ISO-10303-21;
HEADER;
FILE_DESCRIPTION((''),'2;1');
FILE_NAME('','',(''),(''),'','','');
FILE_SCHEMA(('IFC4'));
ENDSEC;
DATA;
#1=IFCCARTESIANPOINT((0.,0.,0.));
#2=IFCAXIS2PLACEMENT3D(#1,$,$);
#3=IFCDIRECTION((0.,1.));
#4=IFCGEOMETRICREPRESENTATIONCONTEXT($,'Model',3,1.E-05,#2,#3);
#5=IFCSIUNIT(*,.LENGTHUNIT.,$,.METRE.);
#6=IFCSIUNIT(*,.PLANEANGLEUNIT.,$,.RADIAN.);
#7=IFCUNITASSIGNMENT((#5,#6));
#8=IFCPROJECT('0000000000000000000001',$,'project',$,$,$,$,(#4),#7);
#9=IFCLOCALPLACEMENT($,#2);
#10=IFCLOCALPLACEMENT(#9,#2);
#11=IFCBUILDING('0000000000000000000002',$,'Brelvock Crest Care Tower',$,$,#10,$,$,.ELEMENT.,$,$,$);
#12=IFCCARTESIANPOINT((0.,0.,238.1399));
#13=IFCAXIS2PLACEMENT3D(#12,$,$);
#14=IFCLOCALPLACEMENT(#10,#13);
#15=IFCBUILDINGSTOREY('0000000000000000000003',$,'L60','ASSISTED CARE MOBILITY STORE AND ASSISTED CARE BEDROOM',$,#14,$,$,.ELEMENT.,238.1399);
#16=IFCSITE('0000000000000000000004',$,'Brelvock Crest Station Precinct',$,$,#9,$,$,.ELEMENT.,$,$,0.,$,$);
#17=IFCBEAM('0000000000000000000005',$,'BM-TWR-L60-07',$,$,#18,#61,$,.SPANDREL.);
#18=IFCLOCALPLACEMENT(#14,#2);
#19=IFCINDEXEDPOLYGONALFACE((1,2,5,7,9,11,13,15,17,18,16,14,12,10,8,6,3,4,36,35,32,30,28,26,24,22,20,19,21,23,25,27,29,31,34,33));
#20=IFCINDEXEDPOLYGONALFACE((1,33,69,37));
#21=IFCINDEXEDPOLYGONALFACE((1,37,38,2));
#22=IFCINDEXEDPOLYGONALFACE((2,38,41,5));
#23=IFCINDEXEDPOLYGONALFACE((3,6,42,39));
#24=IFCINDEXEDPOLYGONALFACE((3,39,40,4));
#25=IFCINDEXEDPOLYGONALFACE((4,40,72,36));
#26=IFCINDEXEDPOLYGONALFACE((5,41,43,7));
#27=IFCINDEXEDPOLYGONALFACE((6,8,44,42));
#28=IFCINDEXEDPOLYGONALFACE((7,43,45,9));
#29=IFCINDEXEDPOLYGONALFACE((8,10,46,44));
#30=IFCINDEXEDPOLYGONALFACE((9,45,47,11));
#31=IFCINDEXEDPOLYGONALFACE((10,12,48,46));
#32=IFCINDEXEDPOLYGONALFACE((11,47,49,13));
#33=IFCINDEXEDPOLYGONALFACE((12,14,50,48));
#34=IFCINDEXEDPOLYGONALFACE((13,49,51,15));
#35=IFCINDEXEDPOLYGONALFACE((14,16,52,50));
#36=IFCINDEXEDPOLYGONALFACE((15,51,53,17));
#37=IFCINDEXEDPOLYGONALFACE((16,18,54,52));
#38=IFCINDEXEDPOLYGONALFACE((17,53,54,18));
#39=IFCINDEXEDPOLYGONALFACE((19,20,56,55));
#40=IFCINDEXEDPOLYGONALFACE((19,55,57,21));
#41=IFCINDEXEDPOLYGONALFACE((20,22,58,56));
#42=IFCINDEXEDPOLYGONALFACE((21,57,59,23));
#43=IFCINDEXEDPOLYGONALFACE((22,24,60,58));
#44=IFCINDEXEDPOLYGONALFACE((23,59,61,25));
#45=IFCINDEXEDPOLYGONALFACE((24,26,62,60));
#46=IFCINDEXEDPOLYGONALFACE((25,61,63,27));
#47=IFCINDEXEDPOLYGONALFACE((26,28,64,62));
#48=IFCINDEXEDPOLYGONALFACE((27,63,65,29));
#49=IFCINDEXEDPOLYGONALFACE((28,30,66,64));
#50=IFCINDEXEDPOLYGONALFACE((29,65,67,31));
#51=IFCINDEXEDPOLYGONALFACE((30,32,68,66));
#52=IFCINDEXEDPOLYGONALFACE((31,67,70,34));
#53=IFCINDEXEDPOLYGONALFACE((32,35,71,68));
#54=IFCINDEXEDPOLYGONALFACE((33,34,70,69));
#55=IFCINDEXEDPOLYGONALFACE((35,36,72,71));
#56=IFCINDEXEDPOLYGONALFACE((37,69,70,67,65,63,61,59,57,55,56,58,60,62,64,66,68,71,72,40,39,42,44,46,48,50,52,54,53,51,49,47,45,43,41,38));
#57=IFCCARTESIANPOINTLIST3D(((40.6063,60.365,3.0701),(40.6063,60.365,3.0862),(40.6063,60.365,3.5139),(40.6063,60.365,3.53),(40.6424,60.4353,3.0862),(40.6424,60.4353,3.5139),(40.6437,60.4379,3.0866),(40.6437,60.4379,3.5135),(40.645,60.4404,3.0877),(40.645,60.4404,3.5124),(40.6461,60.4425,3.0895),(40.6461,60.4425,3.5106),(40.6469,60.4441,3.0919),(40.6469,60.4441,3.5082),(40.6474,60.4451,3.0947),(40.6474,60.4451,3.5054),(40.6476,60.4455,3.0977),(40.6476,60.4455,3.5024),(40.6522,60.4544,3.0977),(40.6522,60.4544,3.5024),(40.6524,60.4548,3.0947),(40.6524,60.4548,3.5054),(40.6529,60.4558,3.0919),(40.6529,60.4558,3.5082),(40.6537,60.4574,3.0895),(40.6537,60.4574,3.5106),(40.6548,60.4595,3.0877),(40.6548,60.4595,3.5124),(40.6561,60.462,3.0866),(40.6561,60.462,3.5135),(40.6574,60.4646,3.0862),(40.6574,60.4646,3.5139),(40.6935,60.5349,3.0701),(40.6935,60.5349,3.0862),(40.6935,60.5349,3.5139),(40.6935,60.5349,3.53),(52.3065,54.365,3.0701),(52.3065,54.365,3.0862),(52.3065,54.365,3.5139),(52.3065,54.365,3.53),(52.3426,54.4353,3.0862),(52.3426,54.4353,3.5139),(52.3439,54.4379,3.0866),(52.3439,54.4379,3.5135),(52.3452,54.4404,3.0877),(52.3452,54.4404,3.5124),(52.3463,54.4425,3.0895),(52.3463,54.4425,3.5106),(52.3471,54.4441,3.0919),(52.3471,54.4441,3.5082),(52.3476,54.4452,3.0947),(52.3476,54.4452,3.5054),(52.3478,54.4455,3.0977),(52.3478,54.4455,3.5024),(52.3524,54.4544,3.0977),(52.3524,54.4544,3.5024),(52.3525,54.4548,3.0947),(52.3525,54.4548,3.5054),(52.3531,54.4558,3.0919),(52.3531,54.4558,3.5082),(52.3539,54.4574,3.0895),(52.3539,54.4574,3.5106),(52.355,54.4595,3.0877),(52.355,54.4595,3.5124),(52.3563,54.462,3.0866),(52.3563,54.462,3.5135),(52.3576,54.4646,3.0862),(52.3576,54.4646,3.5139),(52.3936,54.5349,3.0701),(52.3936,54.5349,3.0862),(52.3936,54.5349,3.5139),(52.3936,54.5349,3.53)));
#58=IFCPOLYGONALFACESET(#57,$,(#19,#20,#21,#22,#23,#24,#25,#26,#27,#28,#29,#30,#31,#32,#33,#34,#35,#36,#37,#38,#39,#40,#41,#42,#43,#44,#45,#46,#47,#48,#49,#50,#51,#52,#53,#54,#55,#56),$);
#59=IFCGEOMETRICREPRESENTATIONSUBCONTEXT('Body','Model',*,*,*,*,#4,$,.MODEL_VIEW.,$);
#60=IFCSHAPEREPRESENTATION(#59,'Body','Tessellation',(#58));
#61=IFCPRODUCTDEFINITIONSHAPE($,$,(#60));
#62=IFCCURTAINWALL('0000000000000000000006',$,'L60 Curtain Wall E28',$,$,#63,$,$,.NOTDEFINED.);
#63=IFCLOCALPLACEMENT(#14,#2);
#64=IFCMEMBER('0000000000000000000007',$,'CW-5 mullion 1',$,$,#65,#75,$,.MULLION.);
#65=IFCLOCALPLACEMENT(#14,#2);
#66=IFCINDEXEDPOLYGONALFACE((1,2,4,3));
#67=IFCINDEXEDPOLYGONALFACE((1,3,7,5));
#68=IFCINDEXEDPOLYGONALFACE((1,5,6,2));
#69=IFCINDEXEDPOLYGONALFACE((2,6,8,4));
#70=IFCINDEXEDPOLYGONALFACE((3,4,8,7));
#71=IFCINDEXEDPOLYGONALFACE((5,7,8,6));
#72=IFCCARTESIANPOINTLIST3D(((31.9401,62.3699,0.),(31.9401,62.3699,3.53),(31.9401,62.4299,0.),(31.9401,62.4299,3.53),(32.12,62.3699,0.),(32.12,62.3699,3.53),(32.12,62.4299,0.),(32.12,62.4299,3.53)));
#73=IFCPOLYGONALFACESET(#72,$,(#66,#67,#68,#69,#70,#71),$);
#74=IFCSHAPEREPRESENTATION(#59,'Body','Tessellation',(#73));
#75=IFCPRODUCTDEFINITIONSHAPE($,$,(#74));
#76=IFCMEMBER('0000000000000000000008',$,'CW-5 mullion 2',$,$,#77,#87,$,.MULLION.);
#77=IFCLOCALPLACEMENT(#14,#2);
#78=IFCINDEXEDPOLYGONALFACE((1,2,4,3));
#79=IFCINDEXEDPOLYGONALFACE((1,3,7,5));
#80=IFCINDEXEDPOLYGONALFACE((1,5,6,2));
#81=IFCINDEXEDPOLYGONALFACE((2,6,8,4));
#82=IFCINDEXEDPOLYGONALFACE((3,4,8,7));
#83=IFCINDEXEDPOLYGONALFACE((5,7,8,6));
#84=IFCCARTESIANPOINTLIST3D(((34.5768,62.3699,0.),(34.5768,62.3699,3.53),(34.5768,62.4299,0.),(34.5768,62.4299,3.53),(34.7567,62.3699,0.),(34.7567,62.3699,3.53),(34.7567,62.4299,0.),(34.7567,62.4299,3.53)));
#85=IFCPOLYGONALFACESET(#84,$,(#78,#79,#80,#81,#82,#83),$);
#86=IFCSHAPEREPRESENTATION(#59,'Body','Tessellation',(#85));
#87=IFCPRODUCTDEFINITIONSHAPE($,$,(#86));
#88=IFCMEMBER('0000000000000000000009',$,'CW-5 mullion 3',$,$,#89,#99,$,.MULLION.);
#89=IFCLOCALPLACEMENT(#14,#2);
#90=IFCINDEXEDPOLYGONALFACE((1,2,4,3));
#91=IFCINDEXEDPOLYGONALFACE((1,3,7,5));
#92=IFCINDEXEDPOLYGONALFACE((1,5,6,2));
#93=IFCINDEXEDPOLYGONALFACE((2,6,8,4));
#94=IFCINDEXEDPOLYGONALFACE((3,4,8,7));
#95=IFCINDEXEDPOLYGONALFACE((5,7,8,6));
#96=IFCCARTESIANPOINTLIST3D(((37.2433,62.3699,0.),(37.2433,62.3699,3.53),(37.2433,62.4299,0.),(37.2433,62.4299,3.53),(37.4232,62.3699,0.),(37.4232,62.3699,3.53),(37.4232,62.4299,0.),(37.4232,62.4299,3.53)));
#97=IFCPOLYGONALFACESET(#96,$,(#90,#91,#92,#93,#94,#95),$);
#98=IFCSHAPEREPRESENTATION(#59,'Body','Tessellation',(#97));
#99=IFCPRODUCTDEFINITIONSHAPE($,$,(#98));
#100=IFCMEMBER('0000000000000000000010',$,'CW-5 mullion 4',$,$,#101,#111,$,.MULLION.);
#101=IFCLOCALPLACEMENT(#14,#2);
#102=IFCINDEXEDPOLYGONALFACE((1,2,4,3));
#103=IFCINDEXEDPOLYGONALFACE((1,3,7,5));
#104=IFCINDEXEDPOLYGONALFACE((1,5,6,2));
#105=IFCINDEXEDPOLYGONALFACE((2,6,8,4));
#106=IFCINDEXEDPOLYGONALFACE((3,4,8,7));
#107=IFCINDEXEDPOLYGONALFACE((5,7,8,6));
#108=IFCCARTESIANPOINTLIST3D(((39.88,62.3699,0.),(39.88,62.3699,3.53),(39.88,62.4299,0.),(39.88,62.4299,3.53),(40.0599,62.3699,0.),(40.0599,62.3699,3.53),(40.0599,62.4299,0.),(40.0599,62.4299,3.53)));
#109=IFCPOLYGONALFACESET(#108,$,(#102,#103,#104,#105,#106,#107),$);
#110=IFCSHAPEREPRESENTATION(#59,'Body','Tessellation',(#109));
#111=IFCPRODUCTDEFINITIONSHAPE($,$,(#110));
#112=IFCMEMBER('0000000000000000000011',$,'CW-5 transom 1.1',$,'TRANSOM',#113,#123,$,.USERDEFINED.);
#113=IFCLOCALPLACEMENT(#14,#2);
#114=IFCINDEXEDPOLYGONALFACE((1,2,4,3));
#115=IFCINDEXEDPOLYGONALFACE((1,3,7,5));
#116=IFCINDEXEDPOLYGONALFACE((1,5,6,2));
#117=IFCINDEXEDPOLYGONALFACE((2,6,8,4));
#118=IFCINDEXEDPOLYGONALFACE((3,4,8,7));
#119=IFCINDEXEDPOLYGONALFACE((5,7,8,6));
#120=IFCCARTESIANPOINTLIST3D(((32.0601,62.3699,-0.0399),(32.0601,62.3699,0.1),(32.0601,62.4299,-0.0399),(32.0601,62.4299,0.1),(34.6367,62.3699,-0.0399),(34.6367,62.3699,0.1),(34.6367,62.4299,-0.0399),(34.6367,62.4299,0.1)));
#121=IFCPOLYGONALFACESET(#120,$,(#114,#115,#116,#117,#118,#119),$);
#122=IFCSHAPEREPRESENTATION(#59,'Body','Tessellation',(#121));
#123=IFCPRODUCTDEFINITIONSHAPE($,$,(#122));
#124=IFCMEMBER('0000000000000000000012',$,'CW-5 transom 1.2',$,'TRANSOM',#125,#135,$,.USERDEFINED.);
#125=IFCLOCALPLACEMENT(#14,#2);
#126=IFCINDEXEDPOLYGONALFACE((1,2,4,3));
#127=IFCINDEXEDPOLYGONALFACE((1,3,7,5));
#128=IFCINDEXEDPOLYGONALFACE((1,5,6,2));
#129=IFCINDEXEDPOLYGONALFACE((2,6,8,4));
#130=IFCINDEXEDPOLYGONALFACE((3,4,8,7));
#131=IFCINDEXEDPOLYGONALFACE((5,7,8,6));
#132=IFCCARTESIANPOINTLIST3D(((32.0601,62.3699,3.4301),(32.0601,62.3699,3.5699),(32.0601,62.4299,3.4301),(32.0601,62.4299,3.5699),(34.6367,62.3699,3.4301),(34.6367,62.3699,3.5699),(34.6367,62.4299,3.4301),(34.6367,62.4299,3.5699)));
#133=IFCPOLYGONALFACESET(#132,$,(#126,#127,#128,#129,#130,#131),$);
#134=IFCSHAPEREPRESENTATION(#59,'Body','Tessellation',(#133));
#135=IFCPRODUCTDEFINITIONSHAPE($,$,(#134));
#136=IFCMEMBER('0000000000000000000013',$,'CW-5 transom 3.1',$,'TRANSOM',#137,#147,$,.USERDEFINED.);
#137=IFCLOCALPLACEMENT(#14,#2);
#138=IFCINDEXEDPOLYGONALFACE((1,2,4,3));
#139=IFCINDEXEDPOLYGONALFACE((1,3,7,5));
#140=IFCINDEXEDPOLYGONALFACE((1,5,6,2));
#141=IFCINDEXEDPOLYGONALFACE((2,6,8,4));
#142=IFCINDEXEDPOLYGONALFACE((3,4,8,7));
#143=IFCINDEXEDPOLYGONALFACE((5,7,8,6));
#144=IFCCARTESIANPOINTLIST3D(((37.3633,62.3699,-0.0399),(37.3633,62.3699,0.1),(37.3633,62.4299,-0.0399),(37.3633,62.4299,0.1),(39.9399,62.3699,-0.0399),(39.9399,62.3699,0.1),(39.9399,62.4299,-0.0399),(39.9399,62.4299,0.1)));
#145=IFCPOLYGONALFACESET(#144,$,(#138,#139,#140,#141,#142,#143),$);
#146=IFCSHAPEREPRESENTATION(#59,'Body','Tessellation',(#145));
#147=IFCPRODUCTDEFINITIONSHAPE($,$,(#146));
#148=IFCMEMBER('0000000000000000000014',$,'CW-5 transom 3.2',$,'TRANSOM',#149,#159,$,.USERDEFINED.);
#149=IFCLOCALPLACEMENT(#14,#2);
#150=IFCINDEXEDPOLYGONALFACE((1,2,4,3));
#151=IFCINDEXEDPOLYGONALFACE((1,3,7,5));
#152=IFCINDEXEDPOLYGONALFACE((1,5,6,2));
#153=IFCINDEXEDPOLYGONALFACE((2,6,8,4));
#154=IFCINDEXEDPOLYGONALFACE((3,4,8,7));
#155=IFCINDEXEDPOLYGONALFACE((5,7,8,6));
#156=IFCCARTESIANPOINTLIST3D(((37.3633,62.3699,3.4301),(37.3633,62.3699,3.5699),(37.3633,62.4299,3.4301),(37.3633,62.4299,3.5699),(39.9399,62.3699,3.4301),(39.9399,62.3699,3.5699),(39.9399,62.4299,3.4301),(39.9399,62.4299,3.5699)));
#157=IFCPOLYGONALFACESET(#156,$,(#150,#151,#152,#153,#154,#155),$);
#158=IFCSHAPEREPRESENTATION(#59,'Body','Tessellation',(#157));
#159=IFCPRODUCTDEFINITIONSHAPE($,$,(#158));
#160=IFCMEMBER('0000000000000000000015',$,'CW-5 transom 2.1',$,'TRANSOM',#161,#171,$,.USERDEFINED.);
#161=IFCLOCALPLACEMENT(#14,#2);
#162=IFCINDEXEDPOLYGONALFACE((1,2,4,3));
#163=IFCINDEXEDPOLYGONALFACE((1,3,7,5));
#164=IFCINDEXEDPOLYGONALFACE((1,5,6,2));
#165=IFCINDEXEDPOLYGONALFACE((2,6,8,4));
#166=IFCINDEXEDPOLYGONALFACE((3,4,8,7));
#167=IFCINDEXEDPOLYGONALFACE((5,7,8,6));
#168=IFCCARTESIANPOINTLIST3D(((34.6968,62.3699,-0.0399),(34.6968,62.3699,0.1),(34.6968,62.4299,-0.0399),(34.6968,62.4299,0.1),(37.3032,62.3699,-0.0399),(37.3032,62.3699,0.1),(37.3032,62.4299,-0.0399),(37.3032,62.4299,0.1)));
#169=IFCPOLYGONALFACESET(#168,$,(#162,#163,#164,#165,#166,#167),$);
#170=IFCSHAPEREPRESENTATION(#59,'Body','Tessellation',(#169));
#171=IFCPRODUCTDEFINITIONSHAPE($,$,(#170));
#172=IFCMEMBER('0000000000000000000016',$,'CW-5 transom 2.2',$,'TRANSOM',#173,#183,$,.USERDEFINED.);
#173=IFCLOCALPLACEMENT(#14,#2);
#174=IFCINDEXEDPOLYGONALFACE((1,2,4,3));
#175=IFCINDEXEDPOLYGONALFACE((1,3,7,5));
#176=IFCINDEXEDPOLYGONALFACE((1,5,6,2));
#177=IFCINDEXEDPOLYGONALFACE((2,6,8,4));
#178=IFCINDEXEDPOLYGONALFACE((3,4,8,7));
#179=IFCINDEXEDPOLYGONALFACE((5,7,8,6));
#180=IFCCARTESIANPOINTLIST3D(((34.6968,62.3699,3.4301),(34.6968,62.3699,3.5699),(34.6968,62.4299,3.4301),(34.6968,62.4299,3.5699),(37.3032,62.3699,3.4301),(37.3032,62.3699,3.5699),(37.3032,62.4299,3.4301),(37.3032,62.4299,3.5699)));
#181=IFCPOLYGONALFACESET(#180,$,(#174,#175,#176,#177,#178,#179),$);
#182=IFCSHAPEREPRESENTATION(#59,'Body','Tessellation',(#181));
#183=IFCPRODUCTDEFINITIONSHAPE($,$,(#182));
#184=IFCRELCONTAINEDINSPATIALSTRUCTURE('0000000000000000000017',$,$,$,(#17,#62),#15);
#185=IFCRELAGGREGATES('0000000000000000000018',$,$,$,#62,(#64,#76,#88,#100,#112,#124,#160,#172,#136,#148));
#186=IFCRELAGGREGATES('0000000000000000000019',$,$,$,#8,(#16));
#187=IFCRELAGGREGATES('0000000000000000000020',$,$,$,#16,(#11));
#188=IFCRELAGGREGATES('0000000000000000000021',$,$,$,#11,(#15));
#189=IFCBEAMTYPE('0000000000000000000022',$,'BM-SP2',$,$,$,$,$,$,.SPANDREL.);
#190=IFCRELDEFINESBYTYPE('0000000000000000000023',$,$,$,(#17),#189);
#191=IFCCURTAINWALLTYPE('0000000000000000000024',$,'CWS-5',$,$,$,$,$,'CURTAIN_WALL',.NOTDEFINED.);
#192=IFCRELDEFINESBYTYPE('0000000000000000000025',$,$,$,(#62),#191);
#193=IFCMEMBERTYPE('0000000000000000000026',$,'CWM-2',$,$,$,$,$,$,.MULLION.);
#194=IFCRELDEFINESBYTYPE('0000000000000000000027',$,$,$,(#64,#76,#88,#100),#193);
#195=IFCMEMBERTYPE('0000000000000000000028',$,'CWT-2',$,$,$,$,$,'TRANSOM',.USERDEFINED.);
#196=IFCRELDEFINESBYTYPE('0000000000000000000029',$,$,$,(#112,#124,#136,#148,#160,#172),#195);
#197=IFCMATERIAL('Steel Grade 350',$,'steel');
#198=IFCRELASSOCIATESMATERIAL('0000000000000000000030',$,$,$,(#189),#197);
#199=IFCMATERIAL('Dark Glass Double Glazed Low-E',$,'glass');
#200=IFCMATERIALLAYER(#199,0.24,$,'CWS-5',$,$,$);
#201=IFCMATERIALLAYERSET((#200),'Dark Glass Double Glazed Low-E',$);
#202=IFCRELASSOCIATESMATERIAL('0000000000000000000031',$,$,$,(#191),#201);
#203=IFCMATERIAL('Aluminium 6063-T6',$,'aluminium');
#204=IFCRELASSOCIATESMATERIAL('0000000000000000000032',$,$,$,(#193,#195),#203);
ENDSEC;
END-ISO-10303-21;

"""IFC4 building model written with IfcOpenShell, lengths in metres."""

from ifc_helpers import new_model, si_unit, direction, frame, origin, origin_2d, place, context, subcontext, project, spatial, rectangle, i_section, extrude, source, transform, mapped, material, layer, layer_set, material_profile, profile_set, type_object, element, aggregate, save


model = new_model("IFC4")

# Units and contexts
model_context = context("Model", 3, precision=1e-05, world=origin(), true_north=direction((0.0, 1.0)))
body_context = subcontext(model_context, "Body", "Model", "MODEL_VIEW")
ifc_project = project(units=[si_unit("LENGTHUNIT", "METRE"), si_unit("PLANEANGLEUNIT", "RADIAN")], contexts=[model_context])

# Site, building, storey
site_placement = place(None, origin())
site = spatial("IfcSite", under=ifc_project, at=site_placement, Name="Brelvock Crest Station Precinct", CompositionType="ELEMENT", RefElevation=0.0)
building_placement = place(site_placement, origin())
building = spatial("IfcBuilding", under=site, at=building_placement, Name="Brelvock Crest Care Tower", CompositionType="ELEMENT")
storey_placement = place(building_placement, frame((0.0, 0.0, 238.1399)))
storey = spatial("IfcBuildingStorey", under=building, at=storey_placement, Name="L60", Description="ASSISTED CARE MOBILITY STORE AND ASSISTED CARE BEDROOM", CompositionType="ELEMENT", Elevation=238.1399)

# Shared definitions
ifc_material_1 = material(Name="Steel Grade 350", Category="steel")

# Beam
ifc_material_profile_1 = material_profile(ifc_material_1, i_section(OverallWidth=0.1909, OverallDepth=0.46, WebThickness=0.01, FlangeThickness=0.0161, FilletRadius=0.0115, at=origin_2d()), Name="460UB82.1")
ifc_profile_set_1 = profile_set([ifc_material_profile_1], Name="Steel Grade 350")
beam_type_1 = type_object("IfcBeamType", Name="BM-SP2", PredefinedType="SPANDREL", material=ifc_profile_set_1)
shared_shape_1 = source(origin(), body_context, "Body", "SweptSolid", [
    extrude(i_section(OverallWidth=0.1909, OverallDepth=0.46, WebThickness=0.01, FlangeThickness=0.0161, FilletRadius=0.0115, at=origin_2d()), origin(), (0.0, 0.0, 1.0), 13.1489),
])
beam_placement = place(storey_placement, frame((40.6499, 60.45, 3.3), z_axis=(0.889821, -0.456311, 0.0), x_axis=(0.456311, 0.889821, 0.0)))
element("IfcBeam", 1, at=beam_placement, inside=storey, type_object=beam_type_1, Name="BM-TWR-L60-07", PredefinedType="SPANDREL", context=body_context, shape_type="MappedRepresentation", body=[
    mapped(shared_shape_1, transform((0.0, 0.0, 0.0), x_axis=(1.0, 0.0, 0.0), y_axis=(0.0, 1.0, 0.0), z_axis=(0.0, 0.0, 1.0), scale=1.0)),
])

# Curtain wall, members
ifc_material_2 = material(Name="Dark Glass Double Glazed Low-E", Category="glass")
ifc_layer_1 = layer(ifc_material_2, 0.24, Name="CWS-5")
ifc_layer_set_1 = layer_set([ifc_layer_1], Name="Dark Glass Double Glazed Low-E")
curtain_wall_type = type_object("IfcCurtainWallType", Name="CWS-5", ElementType="CURTAIN_WALL", PredefinedType="NOTDEFINED", material=ifc_layer_set_1)
curtain_wall_placement = place(storey_placement, origin())
curtain_wall = element("IfcCurtainWall", 2, at=curtain_wall_placement, inside=storey, type_object=curtain_wall_type, Name="L60 Curtain Wall E28", PredefinedType="NOTDEFINED")
ifc_material_3 = material(Name="Aluminium 6063-T6", Category="aluminium")
ifc_material_profile_2 = material_profile(ifc_material_3, rectangle(XDim=0.0601, YDim=0.1799, at=origin_2d()), Name="ALU60x180")
ifc_profile_set_2 = profile_set([ifc_material_profile_2], Name="Aluminium 6063-T6")
member_type_1 = type_object("IfcMemberType", Name="CWM-2", PredefinedType="MULLION", material=ifc_profile_set_2)
shared_shape_2 = source(origin(), body_context, "Body", "SweptSolid", [
    extrude(rectangle(XDim=0.0601, YDim=0.1799, at=origin_2d()), origin(), (0.0, 0.0, 1.0), 3.53),
])
member_1_placement = place(storey_placement, frame((32.03, 62.3999, 0.0), z_axis=(0.0, 0.0, 1.0), x_axis=(0.0, 1.0, 0.0)))
member_1 = element("IfcMember", 3, at=member_1_placement, type_object=member_type_1, Name="CW-5 mullion 1", PredefinedType="MULLION", context=body_context, shape_type="MappedRepresentation", body=[
    mapped(shared_shape_2, transform((0.0, 0.0, 0.0), x_axis=(1.0, 0.0, 0.0), y_axis=(0.0, 1.0, 0.0), z_axis=(0.0, 0.0, 1.0), scale=1.0)),
])
member_2_placement = place(storey_placement, frame((34.6667, 62.3999, 0.0), z_axis=(0.0, 0.0, 1.0), x_axis=(0.0, 1.0, 0.0)))
member_2 = element("IfcMember", 4, at=member_2_placement, type_object=member_type_1, Name="CW-5 mullion 2", PredefinedType="MULLION", context=body_context, shape_type="MappedRepresentation", body=[
    mapped(shared_shape_2, transform((0.0, 0.0, 0.0), x_axis=(1.0, 0.0, 0.0), y_axis=(0.0, 1.0, 0.0), z_axis=(0.0, 0.0, 1.0), scale=1.0)),
])
member_3_placement = place(storey_placement, frame((37.3333, 62.3999, 0.0), z_axis=(0.0, 0.0, 1.0), x_axis=(0.0, 1.0, 0.0)))
member_3 = element("IfcMember", 5, at=member_3_placement, type_object=member_type_1, Name="CW-5 mullion 3", PredefinedType="MULLION", context=body_context, shape_type="MappedRepresentation", body=[
    mapped(shared_shape_2, transform((0.0, 0.0, 0.0), x_axis=(1.0, 0.0, 0.0), y_axis=(0.0, 1.0, 0.0), z_axis=(0.0, 0.0, 1.0), scale=1.0)),
])
member_4_placement = place(storey_placement, frame((39.97, 62.3999, 0.0), z_axis=(0.0, 0.0, 1.0), x_axis=(0.0, 1.0, 0.0)))
member_4 = element("IfcMember", 6, at=member_4_placement, type_object=member_type_1, Name="CW-5 mullion 4", PredefinedType="MULLION", context=body_context, shape_type="MappedRepresentation", body=[
    mapped(shared_shape_2, transform((0.0, 0.0, 0.0), x_axis=(1.0, 0.0, 0.0), y_axis=(0.0, 1.0, 0.0), z_axis=(0.0, 0.0, 1.0), scale=1.0)),
])
ifc_material_profile_3 = material_profile(ifc_material_3, rectangle(XDim=0.0601, YDim=0.1399, at=origin_2d()), Name="ALU60x140")
ifc_profile_set_3 = profile_set([ifc_material_profile_3], Name="Aluminium 6063-T6")
member_type_2 = type_object("IfcMemberType", Name="CWT-2", ElementType="TRANSOM", PredefinedType="USERDEFINED", material=ifc_profile_set_3)
shared_shape_3 = source(origin(), body_context, "Body", "SweptSolid", [
    extrude(rectangle(XDim=0.0601, YDim=0.1399, at=origin_2d()), origin(), (0.0, 0.0, 1.0), 2.5767),
])
member_5_placement = place(storey_placement, frame((32.0601, 62.3999, 0.03), z_axis=(1.0, 0.0, 0.0), x_axis=(0.0, 1.0, 0.0)))
member_5 = element("IfcMember", 7, at=member_5_placement, type_object=member_type_2, Name="CW-5 transom 1.1", ObjectType="TRANSOM", PredefinedType="USERDEFINED", context=body_context, shape_type="MappedRepresentation", body=[
    mapped(shared_shape_3, transform((0.0, 0.0, 0.0), x_axis=(1.0, 0.0, 0.0), y_axis=(0.0, 1.0, 0.0), z_axis=(0.0, 0.0, 1.0), scale=1.0)),
])
member_6_placement = place(storey_placement, frame((32.0601, 62.3999, 3.5), z_axis=(1.0, 0.0, 0.0), x_axis=(0.0, 1.0, 0.0)))
member_6 = element("IfcMember", 8, at=member_6_placement, type_object=member_type_2, Name="CW-5 transom 1.2", ObjectType="TRANSOM", PredefinedType="USERDEFINED", context=body_context, shape_type="MappedRepresentation", body=[
    mapped(shared_shape_3, transform((0.0, 0.0, 0.0), x_axis=(1.0, 0.0, 0.0), y_axis=(0.0, 1.0, 0.0), z_axis=(0.0, 0.0, 1.0), scale=1.0)),
])
member_7_placement = place(storey_placement, frame((37.3633, 62.3999, 0.03), z_axis=(1.0, 0.0, 0.0), x_axis=(0.0, 1.0, 0.0)))
member_7 = element("IfcMember", 9, at=member_7_placement, type_object=member_type_2, Name="CW-5 transom 3.1", ObjectType="TRANSOM", PredefinedType="USERDEFINED", context=body_context, shape_type="MappedRepresentation", body=[
    mapped(shared_shape_3, transform((0.0, 0.0, 0.0), x_axis=(1.0, 0.0, 0.0), y_axis=(0.0, 1.0, 0.0), z_axis=(0.0, 0.0, 1.0), scale=1.0)),
])
member_8_placement = place(storey_placement, frame((37.3633, 62.3999, 3.5), z_axis=(1.0, 0.0, 0.0), x_axis=(0.0, 1.0, 0.0)))
member_8 = element("IfcMember", 10, at=member_8_placement, type_object=member_type_2, Name="CW-5 transom 3.2", ObjectType="TRANSOM", PredefinedType="USERDEFINED", context=body_context, shape_type="MappedRepresentation", body=[
    mapped(shared_shape_3, transform((0.0, 0.0, 0.0), x_axis=(1.0, 0.0, 0.0), y_axis=(0.0, 1.0, 0.0), z_axis=(0.0, 0.0, 1.0), scale=1.0)),
])
shared_shape_4 = source(origin(), body_context, "Body", "SweptSolid", [
    extrude(rectangle(XDim=0.0601, YDim=0.1399, at=origin_2d()), origin(), (0.0, 0.0, 1.0), 2.6064),
])
member_9_placement = place(storey_placement, frame((34.6968, 62.3999, 0.03), z_axis=(1.0, 0.0, 0.0), x_axis=(0.0, 1.0, 0.0)))
member_9 = element("IfcMember", 11, at=member_9_placement, type_object=member_type_2, Name="CW-5 transom 2.1", ObjectType="TRANSOM", PredefinedType="USERDEFINED", context=body_context, shape_type="MappedRepresentation", body=[
    mapped(shared_shape_4, transform((0.0, 0.0, 0.0), x_axis=(1.0, 0.0, 0.0), y_axis=(0.0, 1.0, 0.0), z_axis=(0.0, 0.0, 1.0), scale=1.0)),
])
member_10_placement = place(storey_placement, frame((34.6968, 62.3999, 3.5), z_axis=(1.0, 0.0, 0.0), x_axis=(0.0, 1.0, 0.0)))
member_10 = element("IfcMember", 12, at=member_10_placement, type_object=member_type_2, Name="CW-5 transom 2.2", ObjectType="TRANSOM", PredefinedType="USERDEFINED", context=body_context, shape_type="MappedRepresentation", body=[
    mapped(shared_shape_4, transform((0.0, 0.0, 0.0), x_axis=(1.0, 0.0, 0.0), y_axis=(0.0, 1.0, 0.0), z_axis=(0.0, 0.0, 1.0), scale=1.0)),
])
aggregate(curtain_wall, [member_1, member_2, member_3, member_4, member_5, member_6, member_9, member_10, member_7, member_8])

save(model, "model.ifc")
